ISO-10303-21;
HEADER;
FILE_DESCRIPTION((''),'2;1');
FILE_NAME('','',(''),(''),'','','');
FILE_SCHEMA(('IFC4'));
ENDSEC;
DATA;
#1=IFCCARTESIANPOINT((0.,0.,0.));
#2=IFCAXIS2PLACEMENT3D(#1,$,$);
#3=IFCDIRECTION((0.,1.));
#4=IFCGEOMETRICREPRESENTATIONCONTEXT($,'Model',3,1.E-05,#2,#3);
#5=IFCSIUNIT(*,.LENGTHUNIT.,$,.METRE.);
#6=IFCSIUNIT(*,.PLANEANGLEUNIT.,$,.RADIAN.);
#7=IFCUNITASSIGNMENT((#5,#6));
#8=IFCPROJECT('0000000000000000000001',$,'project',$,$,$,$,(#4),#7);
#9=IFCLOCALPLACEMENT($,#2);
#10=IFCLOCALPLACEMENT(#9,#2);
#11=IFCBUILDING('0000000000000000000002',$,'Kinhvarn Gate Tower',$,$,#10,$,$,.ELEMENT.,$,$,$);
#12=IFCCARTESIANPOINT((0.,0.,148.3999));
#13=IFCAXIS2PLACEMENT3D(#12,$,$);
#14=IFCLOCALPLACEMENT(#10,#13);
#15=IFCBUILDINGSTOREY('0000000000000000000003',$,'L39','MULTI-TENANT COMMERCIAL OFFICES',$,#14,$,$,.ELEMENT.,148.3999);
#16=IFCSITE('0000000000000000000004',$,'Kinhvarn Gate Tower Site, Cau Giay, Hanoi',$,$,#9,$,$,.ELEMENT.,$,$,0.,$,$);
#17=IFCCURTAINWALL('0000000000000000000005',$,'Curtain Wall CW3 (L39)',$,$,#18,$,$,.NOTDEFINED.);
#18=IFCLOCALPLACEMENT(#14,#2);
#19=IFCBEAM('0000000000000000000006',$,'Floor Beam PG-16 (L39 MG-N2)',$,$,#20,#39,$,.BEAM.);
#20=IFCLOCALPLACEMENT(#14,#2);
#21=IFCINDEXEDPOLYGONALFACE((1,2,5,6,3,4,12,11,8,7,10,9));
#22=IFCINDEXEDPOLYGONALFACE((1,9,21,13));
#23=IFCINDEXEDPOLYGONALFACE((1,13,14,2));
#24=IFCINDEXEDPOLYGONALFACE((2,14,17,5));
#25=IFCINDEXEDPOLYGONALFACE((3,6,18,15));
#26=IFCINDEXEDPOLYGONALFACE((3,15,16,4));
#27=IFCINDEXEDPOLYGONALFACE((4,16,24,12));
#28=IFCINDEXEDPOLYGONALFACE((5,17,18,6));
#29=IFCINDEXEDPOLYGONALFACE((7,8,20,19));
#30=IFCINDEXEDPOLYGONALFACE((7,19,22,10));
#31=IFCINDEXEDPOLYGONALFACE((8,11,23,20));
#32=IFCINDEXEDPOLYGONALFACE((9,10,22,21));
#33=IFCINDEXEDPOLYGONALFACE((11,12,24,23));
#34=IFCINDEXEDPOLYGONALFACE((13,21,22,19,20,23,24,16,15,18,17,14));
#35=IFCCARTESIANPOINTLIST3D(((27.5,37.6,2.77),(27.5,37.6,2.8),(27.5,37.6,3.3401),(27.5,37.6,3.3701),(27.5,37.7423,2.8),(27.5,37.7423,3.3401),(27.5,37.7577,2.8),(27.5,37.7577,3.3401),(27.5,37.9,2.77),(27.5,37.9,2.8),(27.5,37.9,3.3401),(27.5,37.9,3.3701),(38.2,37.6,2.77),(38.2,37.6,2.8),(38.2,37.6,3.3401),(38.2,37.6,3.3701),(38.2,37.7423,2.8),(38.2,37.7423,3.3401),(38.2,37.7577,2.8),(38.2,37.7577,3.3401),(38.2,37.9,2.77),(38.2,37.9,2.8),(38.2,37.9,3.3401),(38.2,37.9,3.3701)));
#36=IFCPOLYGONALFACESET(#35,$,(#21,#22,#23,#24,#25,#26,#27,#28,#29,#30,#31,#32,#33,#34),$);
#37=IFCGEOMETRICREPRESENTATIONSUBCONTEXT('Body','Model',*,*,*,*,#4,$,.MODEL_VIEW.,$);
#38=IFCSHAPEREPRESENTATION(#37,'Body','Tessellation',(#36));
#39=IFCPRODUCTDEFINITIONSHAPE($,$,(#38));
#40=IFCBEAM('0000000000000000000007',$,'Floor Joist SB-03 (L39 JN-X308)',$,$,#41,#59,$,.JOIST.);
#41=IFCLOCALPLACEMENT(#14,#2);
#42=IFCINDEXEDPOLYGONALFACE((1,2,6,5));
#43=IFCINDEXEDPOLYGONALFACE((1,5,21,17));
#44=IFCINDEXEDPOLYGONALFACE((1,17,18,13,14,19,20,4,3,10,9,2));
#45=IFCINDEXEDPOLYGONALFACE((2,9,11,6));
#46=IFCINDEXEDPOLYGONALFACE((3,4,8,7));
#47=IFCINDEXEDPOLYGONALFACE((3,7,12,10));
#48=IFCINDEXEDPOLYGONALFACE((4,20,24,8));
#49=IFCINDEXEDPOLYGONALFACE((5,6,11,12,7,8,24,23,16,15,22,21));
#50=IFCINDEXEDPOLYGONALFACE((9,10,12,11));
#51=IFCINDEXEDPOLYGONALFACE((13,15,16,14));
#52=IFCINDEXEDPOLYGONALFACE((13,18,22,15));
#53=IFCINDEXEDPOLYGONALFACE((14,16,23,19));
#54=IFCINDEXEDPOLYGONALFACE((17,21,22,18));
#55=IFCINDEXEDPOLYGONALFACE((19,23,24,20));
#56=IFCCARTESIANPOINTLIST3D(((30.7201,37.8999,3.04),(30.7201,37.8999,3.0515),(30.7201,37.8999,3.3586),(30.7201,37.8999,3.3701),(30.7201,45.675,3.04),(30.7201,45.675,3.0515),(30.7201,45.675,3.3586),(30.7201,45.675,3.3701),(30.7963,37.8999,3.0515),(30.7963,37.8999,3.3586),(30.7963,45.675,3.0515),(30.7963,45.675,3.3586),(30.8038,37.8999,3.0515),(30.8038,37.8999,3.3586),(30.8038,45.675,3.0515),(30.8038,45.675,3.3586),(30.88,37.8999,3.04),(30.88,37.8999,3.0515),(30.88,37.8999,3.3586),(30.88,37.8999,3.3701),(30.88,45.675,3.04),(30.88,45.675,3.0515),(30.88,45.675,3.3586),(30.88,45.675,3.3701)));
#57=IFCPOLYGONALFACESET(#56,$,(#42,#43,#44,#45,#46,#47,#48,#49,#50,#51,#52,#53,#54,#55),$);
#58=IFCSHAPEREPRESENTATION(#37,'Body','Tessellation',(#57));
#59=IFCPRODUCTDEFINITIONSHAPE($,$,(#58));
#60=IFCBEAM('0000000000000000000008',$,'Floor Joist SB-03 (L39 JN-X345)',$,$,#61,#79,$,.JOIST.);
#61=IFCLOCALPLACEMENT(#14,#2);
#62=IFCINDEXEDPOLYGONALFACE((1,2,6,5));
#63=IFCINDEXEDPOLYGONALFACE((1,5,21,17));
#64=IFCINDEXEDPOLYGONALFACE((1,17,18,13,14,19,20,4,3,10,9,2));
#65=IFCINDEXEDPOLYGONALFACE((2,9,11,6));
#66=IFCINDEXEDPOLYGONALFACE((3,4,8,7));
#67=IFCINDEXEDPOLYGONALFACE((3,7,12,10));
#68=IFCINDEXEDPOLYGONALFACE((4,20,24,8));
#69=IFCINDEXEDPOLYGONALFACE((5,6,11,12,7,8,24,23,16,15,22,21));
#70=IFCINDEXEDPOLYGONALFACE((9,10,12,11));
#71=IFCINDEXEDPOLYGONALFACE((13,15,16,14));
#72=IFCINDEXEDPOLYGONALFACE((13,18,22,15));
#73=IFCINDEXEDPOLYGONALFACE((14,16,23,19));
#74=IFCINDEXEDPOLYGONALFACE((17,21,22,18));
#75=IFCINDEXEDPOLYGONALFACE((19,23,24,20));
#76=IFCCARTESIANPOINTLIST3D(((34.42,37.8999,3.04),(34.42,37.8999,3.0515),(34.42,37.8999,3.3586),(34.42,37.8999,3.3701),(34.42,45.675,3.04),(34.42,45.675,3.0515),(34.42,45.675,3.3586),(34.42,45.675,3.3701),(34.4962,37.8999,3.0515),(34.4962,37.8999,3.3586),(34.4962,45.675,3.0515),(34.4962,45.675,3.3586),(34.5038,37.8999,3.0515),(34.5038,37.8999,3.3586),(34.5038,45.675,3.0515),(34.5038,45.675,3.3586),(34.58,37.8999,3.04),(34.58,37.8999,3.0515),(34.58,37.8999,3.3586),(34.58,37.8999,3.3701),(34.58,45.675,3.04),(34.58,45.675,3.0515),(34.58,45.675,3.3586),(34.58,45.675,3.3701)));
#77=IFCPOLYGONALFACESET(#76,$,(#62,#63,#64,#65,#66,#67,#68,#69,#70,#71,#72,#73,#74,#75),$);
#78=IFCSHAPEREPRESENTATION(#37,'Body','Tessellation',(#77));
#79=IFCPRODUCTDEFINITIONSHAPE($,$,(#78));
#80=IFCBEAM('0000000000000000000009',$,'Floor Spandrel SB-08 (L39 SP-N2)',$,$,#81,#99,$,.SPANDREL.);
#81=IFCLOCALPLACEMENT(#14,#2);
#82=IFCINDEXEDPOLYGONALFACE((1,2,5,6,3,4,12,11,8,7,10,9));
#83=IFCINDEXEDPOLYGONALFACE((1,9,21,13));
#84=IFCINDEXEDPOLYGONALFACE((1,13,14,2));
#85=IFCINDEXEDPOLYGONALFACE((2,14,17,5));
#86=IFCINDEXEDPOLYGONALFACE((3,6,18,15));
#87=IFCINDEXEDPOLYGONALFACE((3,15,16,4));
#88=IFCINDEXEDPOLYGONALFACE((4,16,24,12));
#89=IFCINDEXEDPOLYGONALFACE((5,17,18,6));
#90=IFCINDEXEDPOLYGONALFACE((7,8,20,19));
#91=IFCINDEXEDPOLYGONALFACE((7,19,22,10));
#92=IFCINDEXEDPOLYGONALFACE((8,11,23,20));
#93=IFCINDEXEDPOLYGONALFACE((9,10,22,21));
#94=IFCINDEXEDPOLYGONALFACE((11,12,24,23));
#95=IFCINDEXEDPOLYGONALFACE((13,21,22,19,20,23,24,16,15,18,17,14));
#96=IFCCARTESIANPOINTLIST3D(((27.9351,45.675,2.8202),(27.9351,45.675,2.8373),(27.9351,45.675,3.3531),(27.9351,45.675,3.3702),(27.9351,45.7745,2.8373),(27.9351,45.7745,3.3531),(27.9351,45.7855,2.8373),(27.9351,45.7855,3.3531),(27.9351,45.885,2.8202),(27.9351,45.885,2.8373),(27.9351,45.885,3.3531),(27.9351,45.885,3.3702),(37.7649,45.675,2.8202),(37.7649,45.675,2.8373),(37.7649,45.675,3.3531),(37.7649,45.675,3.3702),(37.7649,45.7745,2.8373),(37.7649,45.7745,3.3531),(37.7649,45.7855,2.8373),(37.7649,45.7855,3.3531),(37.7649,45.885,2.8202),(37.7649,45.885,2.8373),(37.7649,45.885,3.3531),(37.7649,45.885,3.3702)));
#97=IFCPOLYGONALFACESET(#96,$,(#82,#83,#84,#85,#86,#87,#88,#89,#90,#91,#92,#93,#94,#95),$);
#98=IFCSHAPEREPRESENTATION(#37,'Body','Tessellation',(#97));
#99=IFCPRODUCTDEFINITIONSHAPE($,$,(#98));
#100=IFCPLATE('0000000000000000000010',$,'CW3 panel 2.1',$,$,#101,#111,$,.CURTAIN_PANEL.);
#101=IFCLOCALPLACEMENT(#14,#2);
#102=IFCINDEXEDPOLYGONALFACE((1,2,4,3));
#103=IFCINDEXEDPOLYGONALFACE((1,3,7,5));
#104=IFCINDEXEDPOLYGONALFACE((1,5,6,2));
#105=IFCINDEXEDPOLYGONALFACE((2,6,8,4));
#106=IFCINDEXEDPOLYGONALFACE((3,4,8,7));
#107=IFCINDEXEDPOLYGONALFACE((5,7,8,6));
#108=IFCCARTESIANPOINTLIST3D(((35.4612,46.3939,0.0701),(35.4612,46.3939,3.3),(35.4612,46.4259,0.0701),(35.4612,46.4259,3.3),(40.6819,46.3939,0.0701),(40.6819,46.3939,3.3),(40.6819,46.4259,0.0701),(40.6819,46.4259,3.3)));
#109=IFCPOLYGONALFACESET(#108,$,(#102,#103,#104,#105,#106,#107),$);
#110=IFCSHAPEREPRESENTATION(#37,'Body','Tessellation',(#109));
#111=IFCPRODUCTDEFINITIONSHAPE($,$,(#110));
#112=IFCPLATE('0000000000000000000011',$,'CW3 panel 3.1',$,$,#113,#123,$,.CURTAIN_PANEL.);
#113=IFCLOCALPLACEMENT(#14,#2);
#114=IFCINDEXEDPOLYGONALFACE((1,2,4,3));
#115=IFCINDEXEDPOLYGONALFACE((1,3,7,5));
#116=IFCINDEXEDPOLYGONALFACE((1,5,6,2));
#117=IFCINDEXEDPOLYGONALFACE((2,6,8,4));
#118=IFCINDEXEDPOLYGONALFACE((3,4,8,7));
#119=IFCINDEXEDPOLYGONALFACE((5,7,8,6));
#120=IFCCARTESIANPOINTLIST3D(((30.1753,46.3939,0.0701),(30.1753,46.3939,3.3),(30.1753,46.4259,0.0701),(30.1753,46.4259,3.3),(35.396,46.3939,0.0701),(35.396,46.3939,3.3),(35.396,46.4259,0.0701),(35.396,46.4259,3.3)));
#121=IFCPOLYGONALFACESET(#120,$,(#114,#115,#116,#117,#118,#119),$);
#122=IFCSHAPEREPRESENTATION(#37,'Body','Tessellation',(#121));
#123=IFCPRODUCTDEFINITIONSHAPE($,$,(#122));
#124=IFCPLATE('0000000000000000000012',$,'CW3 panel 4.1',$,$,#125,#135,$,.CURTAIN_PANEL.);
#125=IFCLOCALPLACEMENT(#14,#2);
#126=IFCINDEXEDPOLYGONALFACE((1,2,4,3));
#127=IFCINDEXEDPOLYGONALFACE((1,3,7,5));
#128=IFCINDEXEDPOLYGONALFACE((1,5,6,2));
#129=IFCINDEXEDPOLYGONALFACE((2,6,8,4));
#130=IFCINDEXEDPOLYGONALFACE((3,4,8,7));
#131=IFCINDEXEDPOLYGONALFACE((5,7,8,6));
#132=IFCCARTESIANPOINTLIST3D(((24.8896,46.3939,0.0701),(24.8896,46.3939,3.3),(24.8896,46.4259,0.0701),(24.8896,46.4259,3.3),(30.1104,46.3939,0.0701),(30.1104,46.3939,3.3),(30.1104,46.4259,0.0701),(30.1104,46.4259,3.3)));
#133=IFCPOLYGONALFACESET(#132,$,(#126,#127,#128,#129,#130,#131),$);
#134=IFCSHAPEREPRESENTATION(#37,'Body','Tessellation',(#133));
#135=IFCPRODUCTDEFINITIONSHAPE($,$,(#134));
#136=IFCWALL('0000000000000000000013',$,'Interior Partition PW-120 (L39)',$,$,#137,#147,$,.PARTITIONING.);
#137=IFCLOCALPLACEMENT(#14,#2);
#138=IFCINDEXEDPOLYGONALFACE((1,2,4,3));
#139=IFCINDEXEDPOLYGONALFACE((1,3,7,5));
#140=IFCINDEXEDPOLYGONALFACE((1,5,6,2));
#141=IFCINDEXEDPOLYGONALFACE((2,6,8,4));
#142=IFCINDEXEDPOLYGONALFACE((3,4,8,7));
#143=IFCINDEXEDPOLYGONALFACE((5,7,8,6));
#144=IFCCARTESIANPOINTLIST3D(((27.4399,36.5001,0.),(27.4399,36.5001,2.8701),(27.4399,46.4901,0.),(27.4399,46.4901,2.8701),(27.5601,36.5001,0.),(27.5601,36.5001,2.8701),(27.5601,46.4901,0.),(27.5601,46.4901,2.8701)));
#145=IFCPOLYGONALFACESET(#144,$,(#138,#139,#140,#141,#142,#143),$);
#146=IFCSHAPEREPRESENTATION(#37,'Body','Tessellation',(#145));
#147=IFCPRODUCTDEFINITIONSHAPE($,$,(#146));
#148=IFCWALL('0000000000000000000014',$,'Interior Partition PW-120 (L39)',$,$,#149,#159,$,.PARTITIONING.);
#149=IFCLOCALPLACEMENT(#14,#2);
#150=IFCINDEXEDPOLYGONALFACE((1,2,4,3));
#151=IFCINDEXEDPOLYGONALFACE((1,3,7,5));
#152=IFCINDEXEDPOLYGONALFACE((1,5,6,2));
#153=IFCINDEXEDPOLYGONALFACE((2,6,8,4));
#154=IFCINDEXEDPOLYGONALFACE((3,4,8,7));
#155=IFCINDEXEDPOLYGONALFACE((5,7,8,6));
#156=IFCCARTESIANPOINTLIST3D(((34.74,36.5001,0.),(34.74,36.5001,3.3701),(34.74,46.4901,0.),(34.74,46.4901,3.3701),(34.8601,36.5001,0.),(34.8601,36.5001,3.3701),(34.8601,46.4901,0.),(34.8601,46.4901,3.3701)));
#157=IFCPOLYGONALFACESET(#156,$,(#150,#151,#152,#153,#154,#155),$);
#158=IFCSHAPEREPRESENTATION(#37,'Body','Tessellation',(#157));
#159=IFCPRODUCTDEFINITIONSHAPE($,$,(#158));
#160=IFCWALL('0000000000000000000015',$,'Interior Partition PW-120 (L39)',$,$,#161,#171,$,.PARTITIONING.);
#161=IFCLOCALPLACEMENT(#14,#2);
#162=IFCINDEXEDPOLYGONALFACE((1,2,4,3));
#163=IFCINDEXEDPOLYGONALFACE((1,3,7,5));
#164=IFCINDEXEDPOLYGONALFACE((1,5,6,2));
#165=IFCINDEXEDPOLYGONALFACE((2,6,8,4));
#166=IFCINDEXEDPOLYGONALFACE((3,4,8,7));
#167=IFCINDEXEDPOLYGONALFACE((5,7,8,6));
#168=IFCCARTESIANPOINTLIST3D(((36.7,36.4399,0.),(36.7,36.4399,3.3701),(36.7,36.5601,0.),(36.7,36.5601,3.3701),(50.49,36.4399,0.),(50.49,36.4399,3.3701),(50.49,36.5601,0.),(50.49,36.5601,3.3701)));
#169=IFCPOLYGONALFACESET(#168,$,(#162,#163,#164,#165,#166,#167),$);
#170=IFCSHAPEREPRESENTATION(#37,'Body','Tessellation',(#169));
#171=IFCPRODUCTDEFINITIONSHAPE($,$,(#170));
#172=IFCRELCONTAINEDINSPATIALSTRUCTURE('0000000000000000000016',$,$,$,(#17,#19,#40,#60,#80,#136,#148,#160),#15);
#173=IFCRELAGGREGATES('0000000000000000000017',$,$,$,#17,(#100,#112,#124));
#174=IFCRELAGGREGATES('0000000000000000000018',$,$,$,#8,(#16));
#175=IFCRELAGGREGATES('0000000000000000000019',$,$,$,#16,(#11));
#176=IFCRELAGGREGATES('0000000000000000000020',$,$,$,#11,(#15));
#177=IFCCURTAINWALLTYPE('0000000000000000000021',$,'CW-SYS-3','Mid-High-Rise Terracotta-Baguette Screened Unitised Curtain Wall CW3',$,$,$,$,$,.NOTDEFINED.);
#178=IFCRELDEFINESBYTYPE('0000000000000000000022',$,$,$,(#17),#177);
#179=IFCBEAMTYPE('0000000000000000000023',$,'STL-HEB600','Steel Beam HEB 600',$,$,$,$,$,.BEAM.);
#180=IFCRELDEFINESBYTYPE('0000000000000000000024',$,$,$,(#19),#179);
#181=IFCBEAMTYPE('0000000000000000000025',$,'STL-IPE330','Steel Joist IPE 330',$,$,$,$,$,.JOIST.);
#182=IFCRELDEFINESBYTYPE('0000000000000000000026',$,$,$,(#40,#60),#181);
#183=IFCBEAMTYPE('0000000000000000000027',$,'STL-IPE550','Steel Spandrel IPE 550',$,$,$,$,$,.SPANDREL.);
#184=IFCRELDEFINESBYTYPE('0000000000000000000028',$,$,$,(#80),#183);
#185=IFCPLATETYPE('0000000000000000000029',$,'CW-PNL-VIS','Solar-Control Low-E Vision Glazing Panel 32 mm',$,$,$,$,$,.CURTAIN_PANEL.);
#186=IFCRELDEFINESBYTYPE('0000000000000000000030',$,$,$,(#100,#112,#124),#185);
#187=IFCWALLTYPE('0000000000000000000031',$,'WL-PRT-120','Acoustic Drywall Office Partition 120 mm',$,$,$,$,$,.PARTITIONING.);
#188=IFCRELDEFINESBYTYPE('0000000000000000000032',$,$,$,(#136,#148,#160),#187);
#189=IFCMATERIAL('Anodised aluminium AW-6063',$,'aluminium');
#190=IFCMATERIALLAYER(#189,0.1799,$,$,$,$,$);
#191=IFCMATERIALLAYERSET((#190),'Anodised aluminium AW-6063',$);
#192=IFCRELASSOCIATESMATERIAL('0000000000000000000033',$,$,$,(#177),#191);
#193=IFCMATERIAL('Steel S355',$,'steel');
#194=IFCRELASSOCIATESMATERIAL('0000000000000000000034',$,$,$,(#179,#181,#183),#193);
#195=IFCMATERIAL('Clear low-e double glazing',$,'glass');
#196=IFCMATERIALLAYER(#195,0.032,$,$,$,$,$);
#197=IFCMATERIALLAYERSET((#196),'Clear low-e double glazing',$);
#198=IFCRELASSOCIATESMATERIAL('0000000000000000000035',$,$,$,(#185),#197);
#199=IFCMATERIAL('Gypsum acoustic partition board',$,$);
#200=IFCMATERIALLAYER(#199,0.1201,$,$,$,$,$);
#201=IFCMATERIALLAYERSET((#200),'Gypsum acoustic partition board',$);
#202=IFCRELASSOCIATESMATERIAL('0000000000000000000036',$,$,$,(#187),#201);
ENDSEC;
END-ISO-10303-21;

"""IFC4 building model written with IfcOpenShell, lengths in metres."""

from ifc_helpers import new_model, si_unit, direction, frame, frame_2d, origin, origin_2d, place, context, subcontext, project, spatial, rectangle, i_section, extrude, material, layer, layer_set, material_profile, profile_set, type_object, element, aggregate, save


model = new_model("IFC4")

# Units and contexts
model_context = context("Model", 3, precision=1e-05, world=origin(), true_north=direction((0.0, 1.0)))
body_context = subcontext(model_context, "Body", "Model", "MODEL_VIEW")
ifc_project = project(units=[si_unit("LENGTHUNIT", "METRE"), si_unit("PLANEANGLEUNIT", "RADIAN")], contexts=[model_context])

# Site, building, storey
site_placement = place(None, origin())
site = spatial("IfcSite", under=ifc_project, at=site_placement, Name="Kinhvarn Gate Tower Site, Cau Giay, Hanoi", CompositionType="ELEMENT", RefElevation=0.0)
building_placement = place(site_placement, origin())
building = spatial("IfcBuilding", under=site, at=building_placement, Name="Kinhvarn Gate Tower", CompositionType="ELEMENT")
storey_placement = place(building_placement, frame((0.0, 0.0, 148.3999)))
storey = spatial("IfcBuildingStorey", under=building, at=storey_placement, Name="L39", Description="MULTI-TENANT COMMERCIAL OFFICES", CompositionType="ELEMENT", Elevation=148.3999)

# Curtain wall
ifc_material_1 = material(Name="Anodised aluminium AW-6063", Category="aluminium")
ifc_layer_1 = layer(ifc_material_1, 0.1799)
ifc_layer_set_1 = layer_set([ifc_layer_1], Name="Anodised aluminium AW-6063")
curtain_wall_type = type_object("IfcCurtainWallType", Name="CW-SYS-3", Description="Mid-High-Rise Terracotta-Baguette Screened Unitised Curtain Wall CW3", PredefinedType="NOTDEFINED", material=ifc_layer_set_1)
curtain_wall_placement = place(storey_placement, origin())
curtain_wall = element("IfcCurtainWall", 1, at=curtain_wall_placement, inside=storey, type_object=curtain_wall_type, Name="Curtain Wall CW3 (L39)", PredefinedType="NOTDEFINED")

# Beams
ifc_material_2 = material(Name="Steel S355", Category="steel")
ifc_material_profile_1 = material_profile(ifc_material_2, i_section(OverallWidth=0.3, OverallDepth=0.6001, WebThickness=0.0154, FlangeThickness=0.03, at=origin_2d()), Name="HEB 600")
ifc_profile_set_1 = profile_set([ifc_material_profile_1], Name="Steel S355")
beam_type_1 = type_object("IfcBeamType", Name="STL-HEB600", Description="Steel Beam HEB 600", PredefinedType="BEAM", material=ifc_profile_set_1)
beam_1_placement = place(storey_placement, frame((27.5, 37.75, 3.0701), z_axis=(1.0, 0.0, 0.0), x_axis=(0.0, 1.0, 0.0)))
element("IfcBeam", 2, at=beam_1_placement, inside=storey, type_object=beam_type_1, Name="Floor Beam PG-16 (L39 MG-N2)", PredefinedType="BEAM", context=body_context, shape_type="SweptSolid", body=[
    extrude(i_section(OverallWidth=0.3, OverallDepth=0.6001, WebThickness=0.0154, FlangeThickness=0.03, at=origin_2d()), origin(), (0.0, 0.0, 1.0), 10.7),
])
ifc_material_profile_2 = material_profile(ifc_material_2, i_section(OverallWidth=0.1599, OverallDepth=0.3301, WebThickness=0.0076, FlangeThickness=0.0115, at=origin_2d()), Name="IPE 330")
ifc_profile_set_2 = profile_set([ifc_material_profile_2], Name="Steel S355")
beam_type_2 = type_object("IfcBeamType", Name="STL-IPE330", Description="Steel Joist IPE 330", PredefinedType="JOIST", material=ifc_profile_set_2)
for number, where, z_axis, x_axis, name in (
    (3, (30.8, 37.8999, 3.2051), (0.0, 1.0, 0.0), (-1.0, 0.0, 0.0), "Floor Joist SB-03 (L39 JN-X308)"),
    (4, (34.5, 37.8999, 3.2051), (0.0, 1.0, 0.0), (-1.0, 0.0, 0.0), "Floor Joist SB-03 (L39 JN-X345)"),
):
    element("IfcBeam", number, at=place(storey_placement, frame(where, z_axis=z_axis, x_axis=x_axis)), inside=storey, type_object=beam_type_2, Name=name, PredefinedType="JOIST", context=body_context, shape_type="SweptSolid", body=[
        extrude(i_section(OverallWidth=0.1599, OverallDepth=0.3301, WebThickness=0.0076, FlangeThickness=0.0115, at=origin_2d()), origin(), (0.0, 0.0, 1.0), 7.7751),
    ])
ifc_material_profile_3 = material_profile(ifc_material_2, i_section(OverallWidth=0.21, OverallDepth=0.55, WebThickness=0.011, FlangeThickness=0.0171, at=origin_2d()), Name="IPE 550")
ifc_profile_set_3 = profile_set([ifc_material_profile_3], Name="Steel S355")
beam_type_3 = type_object("IfcBeamType", Name="STL-IPE550", Description="Steel Spandrel IPE 550", PredefinedType="SPANDREL", material=ifc_profile_set_3)
beam_2_placement = place(storey_placement, frame((27.9351, 45.78, 3.0952), z_axis=(1.0, 0.0, 0.0), x_axis=(0.0, 1.0, 0.0)))
element("IfcBeam", 5, at=beam_2_placement, inside=storey, type_object=beam_type_3, Name="Floor Spandrel SB-08 (L39 SP-N2)", PredefinedType="SPANDREL", context=body_context, shape_type="SweptSolid", body=[
    extrude(i_section(OverallWidth=0.21, OverallDepth=0.55, WebThickness=0.011, FlangeThickness=0.0171, at=origin_2d()), origin(), (0.0, 0.0, 1.0), 9.8298),
])

# Plates
ifc_material_3 = material(Name="Clear low-e double glazing", Category="glass")
ifc_layer_2 = layer(ifc_material_3, 0.032)
ifc_layer_set_2 = layer_set([ifc_layer_2], Name="Clear low-e double glazing")
plate_type = type_object("IfcPlateType", Name="CW-PNL-VIS", Description="Solar-Control Low-E Vision Glazing Panel 32 mm", PredefinedType="CURTAIN_PANEL", material=ifc_layer_set_2)
plate_1_placement = place(storey_placement, frame((38.0715, 46.4099, 0.0701), z_axis=(0.0, 0.0, 1.0), x_axis=(-1.0, 0.0, 0.0)))
plate_1 = element("IfcPlate", 6, at=plate_1_placement, type_object=plate_type, Name="CW3 panel 2.1", PredefinedType="CURTAIN_PANEL", context=body_context, shape_type="SweptSolid", body=[
    extrude(rectangle(XDim=5.2207, YDim=0.032, at=origin_2d()), origin(), (0.0, 0.0, 1.0), 3.23),
])
plate_2_placement = place(storey_placement, frame((32.7856, 46.4099, 0.0701), z_axis=(0.0, 0.0, 1.0), x_axis=(-1.0, 0.0, 0.0)))
plate_2 = element("IfcPlate", 7, at=plate_2_placement, type_object=plate_type, Name="CW3 panel 3.1", PredefinedType="CURTAIN_PANEL", context=body_context, shape_type="SweptSolid", body=[
    extrude(rectangle(XDim=5.2207, YDim=0.032, at=origin_2d()), origin(), (0.0, 0.0, 1.0), 3.23),
])
plate_3_placement = place(storey_placement, frame((27.5, 46.4099, 0.0701), z_axis=(0.0, 0.0, 1.0), x_axis=(-1.0, 0.0, 0.0)))
plate_3 = element("IfcPlate", 8, at=plate_3_placement, type_object=plate_type, Name="CW3 panel 4.1", PredefinedType="CURTAIN_PANEL", context=body_context, shape_type="SweptSolid", body=[
    extrude(rectangle(XDim=5.2207, YDim=0.032, at=origin_2d()), origin(), (0.0, 0.0, 1.0), 3.23),
])
aggregate(curtain_wall, [plate_1, plate_2, plate_3])

# Walls
ifc_material_4 = material(Name="Gypsum acoustic partition board")
ifc_layer_3 = layer(ifc_material_4, 0.1201)
ifc_layer_set_3 = layer_set([ifc_layer_3], Name="Gypsum acoustic partition board")
wall_type_1 = type_object("IfcWallType", Name="WL-PRT-120", Description="Acoustic Drywall Office Partition 120 mm", PredefinedType="PARTITIONING", material=ifc_layer_set_3)
wall_1_placement = place(storey_placement, frame((27.5, 36.5, 0.0), z_axis=(0.0, 0.0, 1.0), x_axis=(0.0, 1.0, 0.0)))
element("IfcWall", 9, at=wall_1_placement, inside=storey, type_object=wall_type_1, Name="Interior Partition PW-120 (L39)", PredefinedType="PARTITIONING", context=body_context, shape_type="SweptSolid", body=[
    extrude(rectangle(XDim=9.99, YDim=0.1201, at=frame_2d((4.9951, 0.0))), origin(), (0.0, 0.0, 1.0), 2.8701),
])
wall_2_placement = place(storey_placement, frame((34.8, 36.5, 0.0), z_axis=(0.0, 0.0, 1.0), x_axis=(0.0, 1.0, 0.0)))
element("IfcWall", 10, at=wall_2_placement, inside=storey, type_object=wall_type_1, Name="Interior Partition PW-120 (L39)", PredefinedType="PARTITIONING", context=body_context, shape_type="SweptSolid", body=[
    extrude(rectangle(XDim=9.99, YDim=0.1201, at=frame_2d((4.9951, 0.0))), origin(), (0.0, 0.0, 1.0), 3.3701),
])
wall_3_placement = place(storey_placement, frame((36.7, 36.5, 0.0), z_axis=(0.0, 0.0, 1.0), x_axis=(1.0, 0.0, 0.0)))
element("IfcWall", 11, at=wall_3_placement, inside=storey, type_object=wall_type_1, Name="Interior Partition PW-120 (L39)", PredefinedType="PARTITIONING", context=body_context, shape_type="SweptSolid", body=[
    extrude(rectangle(XDim=13.79, YDim=0.1201, at=frame_2d((6.895, 0.0))), origin(), (0.0, 0.0, 1.0), 3.3701),
])

save(model, "model.ifc")
